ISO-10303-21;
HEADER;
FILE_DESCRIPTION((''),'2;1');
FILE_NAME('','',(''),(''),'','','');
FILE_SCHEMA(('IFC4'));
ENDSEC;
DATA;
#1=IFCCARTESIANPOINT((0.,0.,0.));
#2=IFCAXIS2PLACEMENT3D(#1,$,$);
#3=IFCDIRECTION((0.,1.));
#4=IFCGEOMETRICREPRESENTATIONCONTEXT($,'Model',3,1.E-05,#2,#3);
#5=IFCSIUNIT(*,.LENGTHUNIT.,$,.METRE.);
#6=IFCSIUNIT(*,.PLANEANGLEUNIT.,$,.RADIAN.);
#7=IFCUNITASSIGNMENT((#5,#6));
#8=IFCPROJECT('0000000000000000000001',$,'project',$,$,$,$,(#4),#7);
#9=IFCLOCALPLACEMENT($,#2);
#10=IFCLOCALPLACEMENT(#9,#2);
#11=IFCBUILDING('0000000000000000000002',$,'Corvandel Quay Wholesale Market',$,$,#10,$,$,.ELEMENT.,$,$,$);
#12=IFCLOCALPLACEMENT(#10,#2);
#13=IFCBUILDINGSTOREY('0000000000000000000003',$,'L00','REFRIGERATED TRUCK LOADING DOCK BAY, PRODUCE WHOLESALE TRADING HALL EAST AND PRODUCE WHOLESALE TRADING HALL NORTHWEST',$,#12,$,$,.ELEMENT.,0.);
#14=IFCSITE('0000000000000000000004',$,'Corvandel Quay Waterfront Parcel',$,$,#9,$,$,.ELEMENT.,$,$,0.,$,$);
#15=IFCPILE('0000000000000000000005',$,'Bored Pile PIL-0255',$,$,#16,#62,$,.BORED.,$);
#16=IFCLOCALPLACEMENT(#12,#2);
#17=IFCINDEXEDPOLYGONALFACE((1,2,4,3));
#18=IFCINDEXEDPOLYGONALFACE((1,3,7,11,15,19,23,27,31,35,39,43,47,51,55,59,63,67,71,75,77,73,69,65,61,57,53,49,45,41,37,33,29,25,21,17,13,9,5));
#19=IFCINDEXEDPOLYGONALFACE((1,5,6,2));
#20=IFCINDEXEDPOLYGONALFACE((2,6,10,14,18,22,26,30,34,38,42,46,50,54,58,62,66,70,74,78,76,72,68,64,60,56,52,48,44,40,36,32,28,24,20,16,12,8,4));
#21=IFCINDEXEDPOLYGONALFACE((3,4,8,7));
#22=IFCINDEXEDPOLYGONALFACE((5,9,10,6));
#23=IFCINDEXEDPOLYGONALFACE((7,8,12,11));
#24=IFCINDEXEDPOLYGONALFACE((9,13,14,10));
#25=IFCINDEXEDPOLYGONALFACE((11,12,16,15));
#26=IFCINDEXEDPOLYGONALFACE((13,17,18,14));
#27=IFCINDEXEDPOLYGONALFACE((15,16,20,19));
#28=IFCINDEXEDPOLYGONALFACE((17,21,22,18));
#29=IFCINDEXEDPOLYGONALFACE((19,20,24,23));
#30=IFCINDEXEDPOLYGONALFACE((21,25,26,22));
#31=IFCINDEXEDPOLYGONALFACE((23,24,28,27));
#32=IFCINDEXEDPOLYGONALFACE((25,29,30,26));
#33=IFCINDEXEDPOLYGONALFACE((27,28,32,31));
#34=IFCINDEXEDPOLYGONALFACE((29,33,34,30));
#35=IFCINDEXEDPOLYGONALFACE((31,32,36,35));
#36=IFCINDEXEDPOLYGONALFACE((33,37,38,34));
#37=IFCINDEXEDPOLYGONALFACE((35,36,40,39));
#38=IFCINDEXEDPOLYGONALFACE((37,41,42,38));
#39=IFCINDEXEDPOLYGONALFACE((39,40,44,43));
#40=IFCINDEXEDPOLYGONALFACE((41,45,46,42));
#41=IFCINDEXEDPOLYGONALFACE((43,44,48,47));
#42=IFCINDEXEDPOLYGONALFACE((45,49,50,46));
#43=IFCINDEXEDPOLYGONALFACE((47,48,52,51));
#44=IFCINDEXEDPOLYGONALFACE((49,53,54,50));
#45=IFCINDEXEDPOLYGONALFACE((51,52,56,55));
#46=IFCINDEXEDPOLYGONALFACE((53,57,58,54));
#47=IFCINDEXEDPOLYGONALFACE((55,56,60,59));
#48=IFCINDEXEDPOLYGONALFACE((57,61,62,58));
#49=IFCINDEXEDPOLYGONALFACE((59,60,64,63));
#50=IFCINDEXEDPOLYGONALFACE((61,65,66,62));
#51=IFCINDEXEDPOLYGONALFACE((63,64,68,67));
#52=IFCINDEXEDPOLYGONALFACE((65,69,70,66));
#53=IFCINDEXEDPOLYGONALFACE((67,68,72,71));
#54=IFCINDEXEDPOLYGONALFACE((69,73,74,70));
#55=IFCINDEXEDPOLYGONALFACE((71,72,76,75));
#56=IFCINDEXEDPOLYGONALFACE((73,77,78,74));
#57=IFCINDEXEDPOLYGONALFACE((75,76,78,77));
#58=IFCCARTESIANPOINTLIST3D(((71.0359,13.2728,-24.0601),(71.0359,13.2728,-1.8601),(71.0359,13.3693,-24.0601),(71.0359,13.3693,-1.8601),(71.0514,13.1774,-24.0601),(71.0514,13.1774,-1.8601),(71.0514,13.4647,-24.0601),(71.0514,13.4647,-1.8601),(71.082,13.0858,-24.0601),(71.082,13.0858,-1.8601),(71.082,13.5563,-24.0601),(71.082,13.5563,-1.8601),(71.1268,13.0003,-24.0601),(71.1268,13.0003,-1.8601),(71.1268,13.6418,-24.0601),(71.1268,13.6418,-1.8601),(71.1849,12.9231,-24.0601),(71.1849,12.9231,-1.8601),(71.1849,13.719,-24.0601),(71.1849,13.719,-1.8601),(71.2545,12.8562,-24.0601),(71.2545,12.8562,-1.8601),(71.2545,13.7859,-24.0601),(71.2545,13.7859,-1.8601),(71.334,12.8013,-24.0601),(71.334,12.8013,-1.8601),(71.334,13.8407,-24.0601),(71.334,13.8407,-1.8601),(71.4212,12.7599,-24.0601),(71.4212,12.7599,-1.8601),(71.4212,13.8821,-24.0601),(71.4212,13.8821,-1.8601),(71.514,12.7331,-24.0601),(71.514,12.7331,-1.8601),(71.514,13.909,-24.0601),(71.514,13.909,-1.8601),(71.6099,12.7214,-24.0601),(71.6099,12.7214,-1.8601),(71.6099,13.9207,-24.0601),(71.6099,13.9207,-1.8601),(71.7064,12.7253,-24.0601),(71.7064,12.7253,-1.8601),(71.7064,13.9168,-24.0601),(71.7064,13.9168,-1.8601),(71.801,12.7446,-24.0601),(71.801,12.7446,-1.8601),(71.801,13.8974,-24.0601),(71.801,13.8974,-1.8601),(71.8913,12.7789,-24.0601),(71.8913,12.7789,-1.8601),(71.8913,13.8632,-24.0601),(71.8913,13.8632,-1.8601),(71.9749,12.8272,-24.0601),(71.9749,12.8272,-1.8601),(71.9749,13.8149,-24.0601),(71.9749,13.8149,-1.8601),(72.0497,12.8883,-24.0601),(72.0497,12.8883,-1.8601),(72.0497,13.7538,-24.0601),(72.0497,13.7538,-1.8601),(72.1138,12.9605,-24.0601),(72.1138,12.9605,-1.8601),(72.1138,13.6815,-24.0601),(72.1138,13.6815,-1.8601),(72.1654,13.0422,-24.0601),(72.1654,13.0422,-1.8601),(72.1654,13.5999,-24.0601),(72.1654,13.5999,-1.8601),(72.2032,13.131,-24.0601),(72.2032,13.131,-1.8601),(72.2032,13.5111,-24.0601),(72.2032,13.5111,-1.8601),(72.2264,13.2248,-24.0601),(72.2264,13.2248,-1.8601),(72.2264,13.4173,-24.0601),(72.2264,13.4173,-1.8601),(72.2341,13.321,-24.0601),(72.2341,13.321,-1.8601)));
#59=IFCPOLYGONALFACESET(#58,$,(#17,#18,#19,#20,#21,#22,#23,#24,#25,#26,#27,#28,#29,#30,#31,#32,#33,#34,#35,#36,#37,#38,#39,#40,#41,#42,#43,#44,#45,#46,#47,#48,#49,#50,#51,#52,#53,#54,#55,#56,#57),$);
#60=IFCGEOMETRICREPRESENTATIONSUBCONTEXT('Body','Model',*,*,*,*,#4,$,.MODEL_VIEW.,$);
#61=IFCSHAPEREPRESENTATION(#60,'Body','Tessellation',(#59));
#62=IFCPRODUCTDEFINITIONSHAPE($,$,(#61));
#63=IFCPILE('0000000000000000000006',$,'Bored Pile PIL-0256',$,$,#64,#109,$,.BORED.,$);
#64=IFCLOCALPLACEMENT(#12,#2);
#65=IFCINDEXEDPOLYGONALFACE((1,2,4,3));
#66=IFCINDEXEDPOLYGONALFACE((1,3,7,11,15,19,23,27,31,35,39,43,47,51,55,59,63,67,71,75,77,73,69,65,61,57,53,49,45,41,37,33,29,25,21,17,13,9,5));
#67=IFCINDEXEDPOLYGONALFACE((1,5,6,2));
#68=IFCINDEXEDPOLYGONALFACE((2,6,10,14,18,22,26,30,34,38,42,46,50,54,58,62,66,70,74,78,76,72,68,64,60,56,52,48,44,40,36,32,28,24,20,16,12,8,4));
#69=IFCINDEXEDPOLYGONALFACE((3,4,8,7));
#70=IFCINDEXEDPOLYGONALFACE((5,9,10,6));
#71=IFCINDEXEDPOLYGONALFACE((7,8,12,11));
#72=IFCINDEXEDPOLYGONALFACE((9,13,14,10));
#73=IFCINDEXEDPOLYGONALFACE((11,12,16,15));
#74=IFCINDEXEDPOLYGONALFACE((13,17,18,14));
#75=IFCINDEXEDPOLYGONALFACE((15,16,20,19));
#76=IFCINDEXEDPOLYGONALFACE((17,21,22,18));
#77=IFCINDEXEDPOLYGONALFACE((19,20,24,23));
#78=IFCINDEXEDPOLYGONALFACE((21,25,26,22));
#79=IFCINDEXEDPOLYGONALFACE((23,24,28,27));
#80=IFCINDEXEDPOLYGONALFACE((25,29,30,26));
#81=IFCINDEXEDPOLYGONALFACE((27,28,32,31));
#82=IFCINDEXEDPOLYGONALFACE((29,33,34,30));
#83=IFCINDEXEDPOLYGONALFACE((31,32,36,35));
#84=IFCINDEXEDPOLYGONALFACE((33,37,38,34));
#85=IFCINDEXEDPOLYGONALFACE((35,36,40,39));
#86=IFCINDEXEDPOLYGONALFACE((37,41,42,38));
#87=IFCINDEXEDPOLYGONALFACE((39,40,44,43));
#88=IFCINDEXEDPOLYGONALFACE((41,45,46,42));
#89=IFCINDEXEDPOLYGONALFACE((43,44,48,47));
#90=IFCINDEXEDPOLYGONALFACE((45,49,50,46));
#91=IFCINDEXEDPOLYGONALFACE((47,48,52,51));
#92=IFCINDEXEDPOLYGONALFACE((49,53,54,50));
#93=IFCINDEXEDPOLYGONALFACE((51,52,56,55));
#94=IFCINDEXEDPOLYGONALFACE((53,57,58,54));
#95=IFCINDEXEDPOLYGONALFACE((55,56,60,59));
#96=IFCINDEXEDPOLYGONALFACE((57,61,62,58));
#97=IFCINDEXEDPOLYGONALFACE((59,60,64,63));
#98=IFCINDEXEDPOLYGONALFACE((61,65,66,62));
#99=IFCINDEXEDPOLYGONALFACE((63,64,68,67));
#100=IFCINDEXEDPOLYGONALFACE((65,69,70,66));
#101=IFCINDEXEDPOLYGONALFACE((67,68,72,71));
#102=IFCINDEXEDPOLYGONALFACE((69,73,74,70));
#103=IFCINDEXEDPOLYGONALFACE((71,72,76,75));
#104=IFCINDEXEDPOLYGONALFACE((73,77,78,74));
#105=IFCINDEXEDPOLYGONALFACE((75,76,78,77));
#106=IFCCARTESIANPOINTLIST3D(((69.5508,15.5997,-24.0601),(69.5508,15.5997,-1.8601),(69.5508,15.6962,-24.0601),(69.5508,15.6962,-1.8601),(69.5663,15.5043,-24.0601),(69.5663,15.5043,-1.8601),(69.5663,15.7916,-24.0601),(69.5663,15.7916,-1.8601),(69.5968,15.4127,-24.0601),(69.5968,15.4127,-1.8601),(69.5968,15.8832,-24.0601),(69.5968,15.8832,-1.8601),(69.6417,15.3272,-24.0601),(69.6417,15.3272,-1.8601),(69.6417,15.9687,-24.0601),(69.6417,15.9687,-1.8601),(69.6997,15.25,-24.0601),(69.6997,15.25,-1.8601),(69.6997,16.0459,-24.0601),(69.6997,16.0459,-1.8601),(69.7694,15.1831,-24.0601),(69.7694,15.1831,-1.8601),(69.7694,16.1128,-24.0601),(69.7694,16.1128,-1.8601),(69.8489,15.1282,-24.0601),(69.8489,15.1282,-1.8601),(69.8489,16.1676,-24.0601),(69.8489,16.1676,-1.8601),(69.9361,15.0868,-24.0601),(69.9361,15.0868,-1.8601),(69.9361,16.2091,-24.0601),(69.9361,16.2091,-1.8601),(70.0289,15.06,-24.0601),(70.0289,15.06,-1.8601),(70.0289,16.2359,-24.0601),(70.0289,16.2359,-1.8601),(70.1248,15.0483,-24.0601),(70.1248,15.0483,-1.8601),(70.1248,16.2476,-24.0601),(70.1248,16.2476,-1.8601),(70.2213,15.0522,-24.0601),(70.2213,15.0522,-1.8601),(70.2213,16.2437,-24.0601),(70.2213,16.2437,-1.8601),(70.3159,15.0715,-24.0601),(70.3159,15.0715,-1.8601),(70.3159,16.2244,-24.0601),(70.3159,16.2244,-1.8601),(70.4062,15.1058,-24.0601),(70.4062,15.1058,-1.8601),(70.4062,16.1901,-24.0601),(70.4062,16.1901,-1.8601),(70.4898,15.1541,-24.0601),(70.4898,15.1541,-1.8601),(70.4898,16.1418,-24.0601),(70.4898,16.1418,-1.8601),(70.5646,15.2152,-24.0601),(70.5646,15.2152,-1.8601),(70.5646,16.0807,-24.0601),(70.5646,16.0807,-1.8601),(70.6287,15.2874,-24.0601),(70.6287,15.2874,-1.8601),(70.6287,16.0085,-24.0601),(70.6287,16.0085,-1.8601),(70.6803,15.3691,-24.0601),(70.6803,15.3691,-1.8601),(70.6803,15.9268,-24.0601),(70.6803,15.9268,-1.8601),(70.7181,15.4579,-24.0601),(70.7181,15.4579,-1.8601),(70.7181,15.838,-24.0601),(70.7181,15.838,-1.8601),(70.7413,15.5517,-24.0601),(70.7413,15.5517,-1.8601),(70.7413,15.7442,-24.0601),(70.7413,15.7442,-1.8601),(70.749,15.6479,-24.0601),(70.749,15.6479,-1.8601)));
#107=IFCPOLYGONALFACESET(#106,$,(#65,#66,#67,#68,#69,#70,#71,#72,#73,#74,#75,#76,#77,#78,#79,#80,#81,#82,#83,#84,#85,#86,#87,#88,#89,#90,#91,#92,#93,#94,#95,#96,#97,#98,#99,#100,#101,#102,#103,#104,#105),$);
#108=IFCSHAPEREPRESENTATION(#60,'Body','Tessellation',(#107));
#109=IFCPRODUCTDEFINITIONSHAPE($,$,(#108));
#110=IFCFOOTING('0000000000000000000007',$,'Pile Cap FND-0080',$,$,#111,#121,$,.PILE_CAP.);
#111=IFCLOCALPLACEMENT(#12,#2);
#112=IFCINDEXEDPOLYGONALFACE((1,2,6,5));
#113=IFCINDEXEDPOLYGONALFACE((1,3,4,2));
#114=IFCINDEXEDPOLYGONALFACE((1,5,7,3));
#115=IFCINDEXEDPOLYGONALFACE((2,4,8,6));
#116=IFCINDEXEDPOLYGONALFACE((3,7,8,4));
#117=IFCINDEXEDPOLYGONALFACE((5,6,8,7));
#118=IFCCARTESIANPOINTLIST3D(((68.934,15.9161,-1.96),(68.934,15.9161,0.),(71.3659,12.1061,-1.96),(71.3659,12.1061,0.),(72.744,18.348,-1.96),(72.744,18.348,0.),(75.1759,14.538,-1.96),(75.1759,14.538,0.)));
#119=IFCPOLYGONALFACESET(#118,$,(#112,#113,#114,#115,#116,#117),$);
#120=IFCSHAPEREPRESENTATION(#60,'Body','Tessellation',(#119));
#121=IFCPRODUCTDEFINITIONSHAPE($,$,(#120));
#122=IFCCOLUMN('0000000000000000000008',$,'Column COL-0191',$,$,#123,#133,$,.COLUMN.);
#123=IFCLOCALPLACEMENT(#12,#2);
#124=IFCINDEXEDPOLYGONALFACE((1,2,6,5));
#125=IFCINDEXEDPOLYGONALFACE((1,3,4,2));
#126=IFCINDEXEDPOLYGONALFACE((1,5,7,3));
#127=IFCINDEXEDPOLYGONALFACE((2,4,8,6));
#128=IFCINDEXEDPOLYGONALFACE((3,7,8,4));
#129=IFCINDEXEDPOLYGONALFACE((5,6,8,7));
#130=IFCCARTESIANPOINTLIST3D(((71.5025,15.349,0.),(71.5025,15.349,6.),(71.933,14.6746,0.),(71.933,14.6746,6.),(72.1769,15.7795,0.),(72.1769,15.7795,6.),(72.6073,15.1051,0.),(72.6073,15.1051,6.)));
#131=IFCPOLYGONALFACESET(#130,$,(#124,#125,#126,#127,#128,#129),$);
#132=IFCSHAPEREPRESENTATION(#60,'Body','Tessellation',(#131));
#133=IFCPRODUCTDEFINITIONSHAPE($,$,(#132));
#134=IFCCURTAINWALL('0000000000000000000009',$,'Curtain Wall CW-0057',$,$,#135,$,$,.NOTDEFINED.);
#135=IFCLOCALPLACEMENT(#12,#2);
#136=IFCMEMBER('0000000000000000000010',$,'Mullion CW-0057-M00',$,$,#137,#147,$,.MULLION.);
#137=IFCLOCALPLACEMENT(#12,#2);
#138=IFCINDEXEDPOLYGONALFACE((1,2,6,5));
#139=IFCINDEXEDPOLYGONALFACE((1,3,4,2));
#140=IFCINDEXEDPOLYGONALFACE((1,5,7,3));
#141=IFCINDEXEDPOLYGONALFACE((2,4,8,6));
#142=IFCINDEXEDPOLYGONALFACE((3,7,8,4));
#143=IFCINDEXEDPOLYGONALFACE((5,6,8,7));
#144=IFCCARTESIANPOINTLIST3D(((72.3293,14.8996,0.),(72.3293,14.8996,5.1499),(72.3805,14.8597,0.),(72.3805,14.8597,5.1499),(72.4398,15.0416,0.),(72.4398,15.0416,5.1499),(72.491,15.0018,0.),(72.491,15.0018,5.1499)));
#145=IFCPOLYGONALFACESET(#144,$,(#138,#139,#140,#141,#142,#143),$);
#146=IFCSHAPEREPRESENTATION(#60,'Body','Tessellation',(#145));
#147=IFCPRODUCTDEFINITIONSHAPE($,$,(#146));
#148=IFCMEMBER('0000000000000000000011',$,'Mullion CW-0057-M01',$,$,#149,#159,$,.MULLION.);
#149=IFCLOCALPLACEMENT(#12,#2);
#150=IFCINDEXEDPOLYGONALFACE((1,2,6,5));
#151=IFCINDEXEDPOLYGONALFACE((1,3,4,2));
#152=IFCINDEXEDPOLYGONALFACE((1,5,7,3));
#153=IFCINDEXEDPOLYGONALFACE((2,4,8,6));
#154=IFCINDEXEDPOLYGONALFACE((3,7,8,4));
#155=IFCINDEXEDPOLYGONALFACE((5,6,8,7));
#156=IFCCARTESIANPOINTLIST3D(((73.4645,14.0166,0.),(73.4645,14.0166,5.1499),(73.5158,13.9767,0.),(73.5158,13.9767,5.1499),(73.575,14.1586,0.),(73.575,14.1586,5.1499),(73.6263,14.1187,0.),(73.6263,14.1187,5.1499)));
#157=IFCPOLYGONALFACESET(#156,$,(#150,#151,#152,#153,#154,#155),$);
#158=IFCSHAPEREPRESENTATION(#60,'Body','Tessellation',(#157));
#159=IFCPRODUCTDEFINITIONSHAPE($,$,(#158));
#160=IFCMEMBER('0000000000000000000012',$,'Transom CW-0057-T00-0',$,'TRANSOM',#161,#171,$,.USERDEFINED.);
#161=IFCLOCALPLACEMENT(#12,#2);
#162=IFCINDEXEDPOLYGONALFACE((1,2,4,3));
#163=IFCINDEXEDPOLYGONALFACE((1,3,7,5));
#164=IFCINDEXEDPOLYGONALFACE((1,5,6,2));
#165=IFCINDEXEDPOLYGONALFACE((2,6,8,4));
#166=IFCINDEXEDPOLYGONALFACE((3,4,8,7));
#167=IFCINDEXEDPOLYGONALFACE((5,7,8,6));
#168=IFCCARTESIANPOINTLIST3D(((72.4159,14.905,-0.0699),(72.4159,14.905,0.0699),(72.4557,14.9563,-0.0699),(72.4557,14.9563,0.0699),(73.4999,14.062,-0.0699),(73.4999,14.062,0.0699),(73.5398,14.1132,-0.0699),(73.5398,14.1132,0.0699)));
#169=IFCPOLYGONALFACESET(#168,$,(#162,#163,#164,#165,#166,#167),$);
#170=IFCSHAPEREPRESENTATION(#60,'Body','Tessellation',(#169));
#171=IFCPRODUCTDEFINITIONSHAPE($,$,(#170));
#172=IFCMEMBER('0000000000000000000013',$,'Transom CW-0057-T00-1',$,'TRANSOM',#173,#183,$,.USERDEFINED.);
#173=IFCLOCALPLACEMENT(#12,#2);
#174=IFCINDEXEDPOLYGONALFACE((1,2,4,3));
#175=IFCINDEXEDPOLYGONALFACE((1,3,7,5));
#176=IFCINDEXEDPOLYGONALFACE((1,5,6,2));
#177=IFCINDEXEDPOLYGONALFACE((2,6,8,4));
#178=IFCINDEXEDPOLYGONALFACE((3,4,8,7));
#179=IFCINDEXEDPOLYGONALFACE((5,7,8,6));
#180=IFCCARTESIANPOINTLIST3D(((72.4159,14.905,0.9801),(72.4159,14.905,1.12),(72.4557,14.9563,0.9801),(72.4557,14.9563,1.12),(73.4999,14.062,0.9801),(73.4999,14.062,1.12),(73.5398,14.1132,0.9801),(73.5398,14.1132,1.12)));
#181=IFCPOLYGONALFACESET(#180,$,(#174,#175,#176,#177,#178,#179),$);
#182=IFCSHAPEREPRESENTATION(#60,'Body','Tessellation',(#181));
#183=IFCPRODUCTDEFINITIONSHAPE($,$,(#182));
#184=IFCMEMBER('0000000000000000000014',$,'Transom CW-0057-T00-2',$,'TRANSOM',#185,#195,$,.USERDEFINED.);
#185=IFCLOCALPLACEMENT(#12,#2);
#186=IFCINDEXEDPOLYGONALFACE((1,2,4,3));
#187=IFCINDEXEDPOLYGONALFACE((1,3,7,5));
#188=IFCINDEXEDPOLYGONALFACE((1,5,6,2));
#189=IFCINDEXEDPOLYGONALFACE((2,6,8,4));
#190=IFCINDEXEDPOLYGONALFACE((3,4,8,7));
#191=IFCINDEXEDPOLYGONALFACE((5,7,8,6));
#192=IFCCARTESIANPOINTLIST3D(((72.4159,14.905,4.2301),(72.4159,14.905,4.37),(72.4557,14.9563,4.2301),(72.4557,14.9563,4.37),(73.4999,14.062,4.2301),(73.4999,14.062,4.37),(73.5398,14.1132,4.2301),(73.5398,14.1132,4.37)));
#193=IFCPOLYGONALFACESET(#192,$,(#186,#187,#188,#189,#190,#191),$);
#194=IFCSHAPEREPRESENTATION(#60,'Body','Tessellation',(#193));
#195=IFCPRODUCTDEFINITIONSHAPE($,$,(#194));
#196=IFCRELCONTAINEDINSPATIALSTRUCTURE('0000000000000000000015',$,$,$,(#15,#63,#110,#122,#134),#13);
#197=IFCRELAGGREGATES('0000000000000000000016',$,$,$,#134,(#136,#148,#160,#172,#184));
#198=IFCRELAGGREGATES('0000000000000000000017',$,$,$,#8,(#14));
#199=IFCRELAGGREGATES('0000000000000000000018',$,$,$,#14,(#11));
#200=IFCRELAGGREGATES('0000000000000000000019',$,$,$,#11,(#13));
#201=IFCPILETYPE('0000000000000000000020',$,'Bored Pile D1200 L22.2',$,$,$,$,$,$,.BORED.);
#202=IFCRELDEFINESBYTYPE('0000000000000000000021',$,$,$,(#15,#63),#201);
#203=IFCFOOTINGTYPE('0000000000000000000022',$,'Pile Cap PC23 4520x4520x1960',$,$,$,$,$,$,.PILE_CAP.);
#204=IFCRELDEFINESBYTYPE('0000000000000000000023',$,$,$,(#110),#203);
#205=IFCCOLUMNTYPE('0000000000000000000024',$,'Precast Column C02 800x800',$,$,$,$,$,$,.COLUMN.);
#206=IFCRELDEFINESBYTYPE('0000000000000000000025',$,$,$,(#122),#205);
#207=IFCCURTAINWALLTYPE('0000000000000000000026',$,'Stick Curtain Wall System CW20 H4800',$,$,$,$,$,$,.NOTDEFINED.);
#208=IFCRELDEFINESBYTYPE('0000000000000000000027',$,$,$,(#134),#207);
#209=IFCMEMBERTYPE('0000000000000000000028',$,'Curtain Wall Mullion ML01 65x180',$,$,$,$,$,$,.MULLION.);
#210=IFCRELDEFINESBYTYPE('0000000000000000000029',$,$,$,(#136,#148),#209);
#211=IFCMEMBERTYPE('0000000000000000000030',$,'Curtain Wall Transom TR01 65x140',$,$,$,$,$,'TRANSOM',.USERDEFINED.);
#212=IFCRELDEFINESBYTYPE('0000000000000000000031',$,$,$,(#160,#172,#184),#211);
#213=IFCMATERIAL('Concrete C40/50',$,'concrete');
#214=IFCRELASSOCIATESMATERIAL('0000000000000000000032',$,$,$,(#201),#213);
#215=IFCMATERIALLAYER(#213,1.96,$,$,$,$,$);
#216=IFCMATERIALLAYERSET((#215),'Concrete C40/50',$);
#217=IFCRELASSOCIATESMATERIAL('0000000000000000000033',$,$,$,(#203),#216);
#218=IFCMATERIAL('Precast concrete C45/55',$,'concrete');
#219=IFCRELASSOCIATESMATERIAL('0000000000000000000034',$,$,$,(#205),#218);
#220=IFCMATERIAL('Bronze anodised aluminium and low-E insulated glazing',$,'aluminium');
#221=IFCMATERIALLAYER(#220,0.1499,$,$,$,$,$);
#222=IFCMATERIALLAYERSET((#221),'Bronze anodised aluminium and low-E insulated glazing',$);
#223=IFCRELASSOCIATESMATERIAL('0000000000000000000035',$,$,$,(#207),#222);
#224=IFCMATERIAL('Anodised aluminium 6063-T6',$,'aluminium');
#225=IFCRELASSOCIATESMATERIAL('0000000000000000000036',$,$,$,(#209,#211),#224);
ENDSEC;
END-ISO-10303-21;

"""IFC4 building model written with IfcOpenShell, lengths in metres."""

from ifc_helpers import new_model, si_unit, direction, frame, origin, origin_2d, place, context, subcontext, project, spatial, rectangle, circle, extrude, material, layer, layer_set, material_profile, profile_set, type_object, element, aggregate, save


model = new_model("IFC4")

# Units and contexts
model_context = context("Model", 3, precision=1e-05, world=origin(), true_north=direction((0.0, 1.0)))
body_context = subcontext(model_context, "Body", "Model", "MODEL_VIEW")
ifc_project = project(units=[si_unit("LENGTHUNIT", "METRE"), si_unit("PLANEANGLEUNIT", "RADIAN")], contexts=[model_context])

# Site, building, storey
site_placement = place(None, origin())
site = spatial("IfcSite", under=ifc_project, at=site_placement, Name="Corvandel Quay Waterfront Parcel", CompositionType="ELEMENT", RefElevation=0.0)
building_placement = place(site_placement, origin())
building = spatial("IfcBuilding", under=site, at=building_placement, Name="Corvandel Quay Wholesale Market", CompositionType="ELEMENT")
storey_placement = place(building_placement, origin())
storey = spatial("IfcBuildingStorey", under=building, at=storey_placement, Name="L00", Description="REFRIGERATED TRUCK LOADING DOCK BAY, PRODUCE WHOLESALE TRADING HALL EAST AND PRODUCE WHOLESALE TRADING HALL NORTHWEST", CompositionType="ELEMENT", Elevation=0.0)

# Piles
ifc_material_1 = material(Name="Concrete C40/50", Category="concrete")
ifc_material_profile_1 = material_profile(ifc_material_1, circle(Radius=0.6001, at=origin_2d()), Name="RC-PILE-D1200")
ifc_profile_set_1 = profile_set([ifc_material_profile_1], Name="Concrete C40/50")
pile_type = type_object("IfcPileType", Name="Bored Pile D1200 L22.2", PredefinedType="BORED", material=ifc_profile_set_1)
for number, where, z_axis, x_axis, name in (
    (1, (71.634, 13.321, -1.8601), (0.0, 0.0, -1.0), (1.0, 0.0, 0.0), "Bored Pile PIL-0255"),
    (2, (70.1489, 15.6479, -1.8601), (0.0, 0.0, -1.0), (1.0, 0.0, 0.0), "Bored Pile PIL-0256"),
):
    element("IfcPile", number, at=place(storey_placement, frame(where, z_axis=z_axis, x_axis=x_axis)), inside=storey, type_object=pile_type, Name=name, PredefinedType="BORED", context=body_context, shape_type="SweptSolid", body=[
        extrude(circle(Radius=0.6001, at=origin_2d()), origin(), (0.0, 0.0, 1.0), 22.2),
    ])

# Footing
ifc_layer_1 = layer(ifc_material_1, 1.96)
ifc_layer_set_1 = layer_set([ifc_layer_1], Name="Concrete C40/50")
footing_type = type_object("IfcFootingType", Name="Pile Cap PC23 4520x4520x1960", PredefinedType="PILE_CAP", material=ifc_layer_set_1)
footing_placement = place(storey_placement, frame((72.0549, 15.2271, -1.96), z_axis=(0.0, 0.0, 1.0), x_axis=(-0.538035, 0.842922, 0.0)))
element("IfcFooting", 3, at=footing_placement, inside=storey, type_object=footing_type, Name="Pile Cap FND-0080", PredefinedType="PILE_CAP", context=body_context, shape_type="SweptSolid", body=[
    extrude(rectangle(XDim=4.52, YDim=4.52, at=origin_2d()), origin(), (0.0, 0.0, 1.0), 1.96),
])

# Column
ifc_material_2 = material(Name="Precast concrete C45/55", Category="concrete")
ifc_material_profile_2 = material_profile(ifc_material_2, rectangle(XDim=0.8, YDim=0.8, at=origin_2d()), Name="PC-COL-800x800")
ifc_profile_set_2 = profile_set([ifc_material_profile_2], Name="Precast concrete C45/55")
column_type = type_object("IfcColumnType", Name="Precast Column C02 800x800", PredefinedType="COLUMN", material=ifc_profile_set_2)
column_placement = place(storey_placement, frame((72.0549, 15.2271, 0.0), z_axis=(0.0, 0.0, 1.0), x_axis=(-0.538035, 0.842922, 0.0)))
element("IfcColumn", 4, at=column_placement, inside=storey, type_object=column_type, Name="Column COL-0191", PredefinedType="COLUMN", context=body_context, shape_type="SweptSolid", body=[
    extrude(rectangle(XDim=0.8, YDim=0.8, at=origin_2d()), origin(), (0.0, 0.0, 1.0), 6.0),
])

# Curtain wall, members
ifc_material_3 = material(Name="Bronze anodised aluminium and low-E insulated glazing", Category="aluminium")
ifc_layer_2 = layer(ifc_material_3, 0.1499)
ifc_layer_set_2 = layer_set([ifc_layer_2], Name="Bronze anodised aluminium and low-E insulated glazing")
curtain_wall_type = type_object("IfcCurtainWallType", Name="Stick Curtain Wall System CW20 H4800", PredefinedType="NOTDEFINED", material=ifc_layer_set_2)
curtain_wall_placement = place(storey_placement, origin())
curtain_wall = element("IfcCurtainWall", 5, at=curtain_wall_placement, inside=storey, type_object=curtain_wall_type, Name="Curtain Wall CW-0057", PredefinedType="NOTDEFINED")
ifc_material_4 = material(Name="Anodised aluminium 6063-T6", Category="aluminium")
ifc_material_profile_3 = material_profile(ifc_material_4, rectangle(XDim=0.0649, YDim=0.1799, at=origin_2d()), Name="ALU-MUL-65x180")
ifc_profile_set_3 = profile_set([ifc_material_profile_3], Name="Anodised aluminium 6063-T6")
member_type_1 = type_object("IfcMemberType", Name="Curtain Wall Mullion ML01 65x180", PredefinedType="MULLION", material=ifc_profile_set_3)
member_1_placement = place(storey_placement, frame((72.4102, 14.9507, 0.0), z_axis=(0.0, 0.0, 1.0), x_axis=(-0.789298, 0.61401, 0.0)))
member_1 = element("IfcMember", 6, at=member_1_placement, type_object=member_type_1, Name="Mullion CW-0057-M00", PredefinedType="MULLION", context=body_context, shape_type="SweptSolid", body=[
    extrude(rectangle(XDim=0.0649, YDim=0.1799, at=origin_2d()), origin(), (0.0, 0.0, 1.0), 5.1499),
])
member_2_placement = place(storey_placement, frame((73.5454, 14.0676, 0.0), z_axis=(0.0, 0.0, 1.0), x_axis=(-0.789298, 0.61401, 0.0)))
member_2 = element("IfcMember", 7, at=member_2_placement, type_object=member_type_1, Name="Mullion CW-0057-M01", PredefinedType="MULLION", context=body_context, shape_type="SweptSolid", body=[
    extrude(rectangle(XDim=0.0649, YDim=0.1799, at=origin_2d()), origin(), (0.0, 0.0, 1.0), 5.1499),
])
ifc_material_profile_4 = material_profile(ifc_material_4, rectangle(XDim=0.0649, YDim=0.1399, at=origin_2d()), Name="ALU-TRN-65x140")
ifc_profile_set_4 = profile_set([ifc_material_profile_4], Name="Anodised aluminium 6063-T6")
member_type_2 = type_object("IfcMemberType", Name="Curtain Wall Transom TR01 65x140", ElementType="TRANSOM", PredefinedType="USERDEFINED", material=ifc_profile_set_4)
member_3_placement = place(storey_placement, frame((72.4358, 14.9307, 0.0), z_axis=(0.789381, -0.613904, 0.0), x_axis=(0.613904, 0.789381, 0.0)))
member_3 = element("IfcMember", 8, at=member_3_placement, type_object=member_type_2, Name="Transom CW-0057-T00-0", ObjectType="TRANSOM", PredefinedType="USERDEFINED", context=body_context, shape_type="SweptSolid", body=[
    extrude(rectangle(XDim=0.0649, YDim=0.1399, at=origin_2d()), origin(), (0.0, 0.0, 1.0), 1.3733),
])
member_4_placement = place(storey_placement, frame((72.4358, 14.9307, 1.05), z_axis=(0.789381, -0.613904, 0.0), x_axis=(0.613904, 0.789381, 0.0)))
member_4 = element("IfcMember", 9, at=member_4_placement, type_object=member_type_2, Name="Transom CW-0057-T00-1", ObjectType="TRANSOM", PredefinedType="USERDEFINED", context=body_context, shape_type="SweptSolid", body=[
    extrude(rectangle(XDim=0.0649, YDim=0.1399, at=origin_2d()), origin(), (0.0, 0.0, 1.0), 1.3733),
])
member_5_placement = place(storey_placement, frame((72.4358, 14.9307, 4.3), z_axis=(0.789381, -0.613904, 0.0), x_axis=(0.613904, 0.789381, 0.0)))
member_5 = element("IfcMember", 10, at=member_5_placement, type_object=member_type_2, Name="Transom CW-0057-T00-2", ObjectType="TRANSOM", PredefinedType="USERDEFINED", context=body_context, shape_type="SweptSolid", body=[
    extrude(rectangle(XDim=0.0649, YDim=0.1399, at=origin_2d()), origin(), (0.0, 0.0, 1.0), 1.3733),
])
aggregate(curtain_wall, [member_1, member_2, member_3, member_4, member_5])

save(model, "model.ifc")
